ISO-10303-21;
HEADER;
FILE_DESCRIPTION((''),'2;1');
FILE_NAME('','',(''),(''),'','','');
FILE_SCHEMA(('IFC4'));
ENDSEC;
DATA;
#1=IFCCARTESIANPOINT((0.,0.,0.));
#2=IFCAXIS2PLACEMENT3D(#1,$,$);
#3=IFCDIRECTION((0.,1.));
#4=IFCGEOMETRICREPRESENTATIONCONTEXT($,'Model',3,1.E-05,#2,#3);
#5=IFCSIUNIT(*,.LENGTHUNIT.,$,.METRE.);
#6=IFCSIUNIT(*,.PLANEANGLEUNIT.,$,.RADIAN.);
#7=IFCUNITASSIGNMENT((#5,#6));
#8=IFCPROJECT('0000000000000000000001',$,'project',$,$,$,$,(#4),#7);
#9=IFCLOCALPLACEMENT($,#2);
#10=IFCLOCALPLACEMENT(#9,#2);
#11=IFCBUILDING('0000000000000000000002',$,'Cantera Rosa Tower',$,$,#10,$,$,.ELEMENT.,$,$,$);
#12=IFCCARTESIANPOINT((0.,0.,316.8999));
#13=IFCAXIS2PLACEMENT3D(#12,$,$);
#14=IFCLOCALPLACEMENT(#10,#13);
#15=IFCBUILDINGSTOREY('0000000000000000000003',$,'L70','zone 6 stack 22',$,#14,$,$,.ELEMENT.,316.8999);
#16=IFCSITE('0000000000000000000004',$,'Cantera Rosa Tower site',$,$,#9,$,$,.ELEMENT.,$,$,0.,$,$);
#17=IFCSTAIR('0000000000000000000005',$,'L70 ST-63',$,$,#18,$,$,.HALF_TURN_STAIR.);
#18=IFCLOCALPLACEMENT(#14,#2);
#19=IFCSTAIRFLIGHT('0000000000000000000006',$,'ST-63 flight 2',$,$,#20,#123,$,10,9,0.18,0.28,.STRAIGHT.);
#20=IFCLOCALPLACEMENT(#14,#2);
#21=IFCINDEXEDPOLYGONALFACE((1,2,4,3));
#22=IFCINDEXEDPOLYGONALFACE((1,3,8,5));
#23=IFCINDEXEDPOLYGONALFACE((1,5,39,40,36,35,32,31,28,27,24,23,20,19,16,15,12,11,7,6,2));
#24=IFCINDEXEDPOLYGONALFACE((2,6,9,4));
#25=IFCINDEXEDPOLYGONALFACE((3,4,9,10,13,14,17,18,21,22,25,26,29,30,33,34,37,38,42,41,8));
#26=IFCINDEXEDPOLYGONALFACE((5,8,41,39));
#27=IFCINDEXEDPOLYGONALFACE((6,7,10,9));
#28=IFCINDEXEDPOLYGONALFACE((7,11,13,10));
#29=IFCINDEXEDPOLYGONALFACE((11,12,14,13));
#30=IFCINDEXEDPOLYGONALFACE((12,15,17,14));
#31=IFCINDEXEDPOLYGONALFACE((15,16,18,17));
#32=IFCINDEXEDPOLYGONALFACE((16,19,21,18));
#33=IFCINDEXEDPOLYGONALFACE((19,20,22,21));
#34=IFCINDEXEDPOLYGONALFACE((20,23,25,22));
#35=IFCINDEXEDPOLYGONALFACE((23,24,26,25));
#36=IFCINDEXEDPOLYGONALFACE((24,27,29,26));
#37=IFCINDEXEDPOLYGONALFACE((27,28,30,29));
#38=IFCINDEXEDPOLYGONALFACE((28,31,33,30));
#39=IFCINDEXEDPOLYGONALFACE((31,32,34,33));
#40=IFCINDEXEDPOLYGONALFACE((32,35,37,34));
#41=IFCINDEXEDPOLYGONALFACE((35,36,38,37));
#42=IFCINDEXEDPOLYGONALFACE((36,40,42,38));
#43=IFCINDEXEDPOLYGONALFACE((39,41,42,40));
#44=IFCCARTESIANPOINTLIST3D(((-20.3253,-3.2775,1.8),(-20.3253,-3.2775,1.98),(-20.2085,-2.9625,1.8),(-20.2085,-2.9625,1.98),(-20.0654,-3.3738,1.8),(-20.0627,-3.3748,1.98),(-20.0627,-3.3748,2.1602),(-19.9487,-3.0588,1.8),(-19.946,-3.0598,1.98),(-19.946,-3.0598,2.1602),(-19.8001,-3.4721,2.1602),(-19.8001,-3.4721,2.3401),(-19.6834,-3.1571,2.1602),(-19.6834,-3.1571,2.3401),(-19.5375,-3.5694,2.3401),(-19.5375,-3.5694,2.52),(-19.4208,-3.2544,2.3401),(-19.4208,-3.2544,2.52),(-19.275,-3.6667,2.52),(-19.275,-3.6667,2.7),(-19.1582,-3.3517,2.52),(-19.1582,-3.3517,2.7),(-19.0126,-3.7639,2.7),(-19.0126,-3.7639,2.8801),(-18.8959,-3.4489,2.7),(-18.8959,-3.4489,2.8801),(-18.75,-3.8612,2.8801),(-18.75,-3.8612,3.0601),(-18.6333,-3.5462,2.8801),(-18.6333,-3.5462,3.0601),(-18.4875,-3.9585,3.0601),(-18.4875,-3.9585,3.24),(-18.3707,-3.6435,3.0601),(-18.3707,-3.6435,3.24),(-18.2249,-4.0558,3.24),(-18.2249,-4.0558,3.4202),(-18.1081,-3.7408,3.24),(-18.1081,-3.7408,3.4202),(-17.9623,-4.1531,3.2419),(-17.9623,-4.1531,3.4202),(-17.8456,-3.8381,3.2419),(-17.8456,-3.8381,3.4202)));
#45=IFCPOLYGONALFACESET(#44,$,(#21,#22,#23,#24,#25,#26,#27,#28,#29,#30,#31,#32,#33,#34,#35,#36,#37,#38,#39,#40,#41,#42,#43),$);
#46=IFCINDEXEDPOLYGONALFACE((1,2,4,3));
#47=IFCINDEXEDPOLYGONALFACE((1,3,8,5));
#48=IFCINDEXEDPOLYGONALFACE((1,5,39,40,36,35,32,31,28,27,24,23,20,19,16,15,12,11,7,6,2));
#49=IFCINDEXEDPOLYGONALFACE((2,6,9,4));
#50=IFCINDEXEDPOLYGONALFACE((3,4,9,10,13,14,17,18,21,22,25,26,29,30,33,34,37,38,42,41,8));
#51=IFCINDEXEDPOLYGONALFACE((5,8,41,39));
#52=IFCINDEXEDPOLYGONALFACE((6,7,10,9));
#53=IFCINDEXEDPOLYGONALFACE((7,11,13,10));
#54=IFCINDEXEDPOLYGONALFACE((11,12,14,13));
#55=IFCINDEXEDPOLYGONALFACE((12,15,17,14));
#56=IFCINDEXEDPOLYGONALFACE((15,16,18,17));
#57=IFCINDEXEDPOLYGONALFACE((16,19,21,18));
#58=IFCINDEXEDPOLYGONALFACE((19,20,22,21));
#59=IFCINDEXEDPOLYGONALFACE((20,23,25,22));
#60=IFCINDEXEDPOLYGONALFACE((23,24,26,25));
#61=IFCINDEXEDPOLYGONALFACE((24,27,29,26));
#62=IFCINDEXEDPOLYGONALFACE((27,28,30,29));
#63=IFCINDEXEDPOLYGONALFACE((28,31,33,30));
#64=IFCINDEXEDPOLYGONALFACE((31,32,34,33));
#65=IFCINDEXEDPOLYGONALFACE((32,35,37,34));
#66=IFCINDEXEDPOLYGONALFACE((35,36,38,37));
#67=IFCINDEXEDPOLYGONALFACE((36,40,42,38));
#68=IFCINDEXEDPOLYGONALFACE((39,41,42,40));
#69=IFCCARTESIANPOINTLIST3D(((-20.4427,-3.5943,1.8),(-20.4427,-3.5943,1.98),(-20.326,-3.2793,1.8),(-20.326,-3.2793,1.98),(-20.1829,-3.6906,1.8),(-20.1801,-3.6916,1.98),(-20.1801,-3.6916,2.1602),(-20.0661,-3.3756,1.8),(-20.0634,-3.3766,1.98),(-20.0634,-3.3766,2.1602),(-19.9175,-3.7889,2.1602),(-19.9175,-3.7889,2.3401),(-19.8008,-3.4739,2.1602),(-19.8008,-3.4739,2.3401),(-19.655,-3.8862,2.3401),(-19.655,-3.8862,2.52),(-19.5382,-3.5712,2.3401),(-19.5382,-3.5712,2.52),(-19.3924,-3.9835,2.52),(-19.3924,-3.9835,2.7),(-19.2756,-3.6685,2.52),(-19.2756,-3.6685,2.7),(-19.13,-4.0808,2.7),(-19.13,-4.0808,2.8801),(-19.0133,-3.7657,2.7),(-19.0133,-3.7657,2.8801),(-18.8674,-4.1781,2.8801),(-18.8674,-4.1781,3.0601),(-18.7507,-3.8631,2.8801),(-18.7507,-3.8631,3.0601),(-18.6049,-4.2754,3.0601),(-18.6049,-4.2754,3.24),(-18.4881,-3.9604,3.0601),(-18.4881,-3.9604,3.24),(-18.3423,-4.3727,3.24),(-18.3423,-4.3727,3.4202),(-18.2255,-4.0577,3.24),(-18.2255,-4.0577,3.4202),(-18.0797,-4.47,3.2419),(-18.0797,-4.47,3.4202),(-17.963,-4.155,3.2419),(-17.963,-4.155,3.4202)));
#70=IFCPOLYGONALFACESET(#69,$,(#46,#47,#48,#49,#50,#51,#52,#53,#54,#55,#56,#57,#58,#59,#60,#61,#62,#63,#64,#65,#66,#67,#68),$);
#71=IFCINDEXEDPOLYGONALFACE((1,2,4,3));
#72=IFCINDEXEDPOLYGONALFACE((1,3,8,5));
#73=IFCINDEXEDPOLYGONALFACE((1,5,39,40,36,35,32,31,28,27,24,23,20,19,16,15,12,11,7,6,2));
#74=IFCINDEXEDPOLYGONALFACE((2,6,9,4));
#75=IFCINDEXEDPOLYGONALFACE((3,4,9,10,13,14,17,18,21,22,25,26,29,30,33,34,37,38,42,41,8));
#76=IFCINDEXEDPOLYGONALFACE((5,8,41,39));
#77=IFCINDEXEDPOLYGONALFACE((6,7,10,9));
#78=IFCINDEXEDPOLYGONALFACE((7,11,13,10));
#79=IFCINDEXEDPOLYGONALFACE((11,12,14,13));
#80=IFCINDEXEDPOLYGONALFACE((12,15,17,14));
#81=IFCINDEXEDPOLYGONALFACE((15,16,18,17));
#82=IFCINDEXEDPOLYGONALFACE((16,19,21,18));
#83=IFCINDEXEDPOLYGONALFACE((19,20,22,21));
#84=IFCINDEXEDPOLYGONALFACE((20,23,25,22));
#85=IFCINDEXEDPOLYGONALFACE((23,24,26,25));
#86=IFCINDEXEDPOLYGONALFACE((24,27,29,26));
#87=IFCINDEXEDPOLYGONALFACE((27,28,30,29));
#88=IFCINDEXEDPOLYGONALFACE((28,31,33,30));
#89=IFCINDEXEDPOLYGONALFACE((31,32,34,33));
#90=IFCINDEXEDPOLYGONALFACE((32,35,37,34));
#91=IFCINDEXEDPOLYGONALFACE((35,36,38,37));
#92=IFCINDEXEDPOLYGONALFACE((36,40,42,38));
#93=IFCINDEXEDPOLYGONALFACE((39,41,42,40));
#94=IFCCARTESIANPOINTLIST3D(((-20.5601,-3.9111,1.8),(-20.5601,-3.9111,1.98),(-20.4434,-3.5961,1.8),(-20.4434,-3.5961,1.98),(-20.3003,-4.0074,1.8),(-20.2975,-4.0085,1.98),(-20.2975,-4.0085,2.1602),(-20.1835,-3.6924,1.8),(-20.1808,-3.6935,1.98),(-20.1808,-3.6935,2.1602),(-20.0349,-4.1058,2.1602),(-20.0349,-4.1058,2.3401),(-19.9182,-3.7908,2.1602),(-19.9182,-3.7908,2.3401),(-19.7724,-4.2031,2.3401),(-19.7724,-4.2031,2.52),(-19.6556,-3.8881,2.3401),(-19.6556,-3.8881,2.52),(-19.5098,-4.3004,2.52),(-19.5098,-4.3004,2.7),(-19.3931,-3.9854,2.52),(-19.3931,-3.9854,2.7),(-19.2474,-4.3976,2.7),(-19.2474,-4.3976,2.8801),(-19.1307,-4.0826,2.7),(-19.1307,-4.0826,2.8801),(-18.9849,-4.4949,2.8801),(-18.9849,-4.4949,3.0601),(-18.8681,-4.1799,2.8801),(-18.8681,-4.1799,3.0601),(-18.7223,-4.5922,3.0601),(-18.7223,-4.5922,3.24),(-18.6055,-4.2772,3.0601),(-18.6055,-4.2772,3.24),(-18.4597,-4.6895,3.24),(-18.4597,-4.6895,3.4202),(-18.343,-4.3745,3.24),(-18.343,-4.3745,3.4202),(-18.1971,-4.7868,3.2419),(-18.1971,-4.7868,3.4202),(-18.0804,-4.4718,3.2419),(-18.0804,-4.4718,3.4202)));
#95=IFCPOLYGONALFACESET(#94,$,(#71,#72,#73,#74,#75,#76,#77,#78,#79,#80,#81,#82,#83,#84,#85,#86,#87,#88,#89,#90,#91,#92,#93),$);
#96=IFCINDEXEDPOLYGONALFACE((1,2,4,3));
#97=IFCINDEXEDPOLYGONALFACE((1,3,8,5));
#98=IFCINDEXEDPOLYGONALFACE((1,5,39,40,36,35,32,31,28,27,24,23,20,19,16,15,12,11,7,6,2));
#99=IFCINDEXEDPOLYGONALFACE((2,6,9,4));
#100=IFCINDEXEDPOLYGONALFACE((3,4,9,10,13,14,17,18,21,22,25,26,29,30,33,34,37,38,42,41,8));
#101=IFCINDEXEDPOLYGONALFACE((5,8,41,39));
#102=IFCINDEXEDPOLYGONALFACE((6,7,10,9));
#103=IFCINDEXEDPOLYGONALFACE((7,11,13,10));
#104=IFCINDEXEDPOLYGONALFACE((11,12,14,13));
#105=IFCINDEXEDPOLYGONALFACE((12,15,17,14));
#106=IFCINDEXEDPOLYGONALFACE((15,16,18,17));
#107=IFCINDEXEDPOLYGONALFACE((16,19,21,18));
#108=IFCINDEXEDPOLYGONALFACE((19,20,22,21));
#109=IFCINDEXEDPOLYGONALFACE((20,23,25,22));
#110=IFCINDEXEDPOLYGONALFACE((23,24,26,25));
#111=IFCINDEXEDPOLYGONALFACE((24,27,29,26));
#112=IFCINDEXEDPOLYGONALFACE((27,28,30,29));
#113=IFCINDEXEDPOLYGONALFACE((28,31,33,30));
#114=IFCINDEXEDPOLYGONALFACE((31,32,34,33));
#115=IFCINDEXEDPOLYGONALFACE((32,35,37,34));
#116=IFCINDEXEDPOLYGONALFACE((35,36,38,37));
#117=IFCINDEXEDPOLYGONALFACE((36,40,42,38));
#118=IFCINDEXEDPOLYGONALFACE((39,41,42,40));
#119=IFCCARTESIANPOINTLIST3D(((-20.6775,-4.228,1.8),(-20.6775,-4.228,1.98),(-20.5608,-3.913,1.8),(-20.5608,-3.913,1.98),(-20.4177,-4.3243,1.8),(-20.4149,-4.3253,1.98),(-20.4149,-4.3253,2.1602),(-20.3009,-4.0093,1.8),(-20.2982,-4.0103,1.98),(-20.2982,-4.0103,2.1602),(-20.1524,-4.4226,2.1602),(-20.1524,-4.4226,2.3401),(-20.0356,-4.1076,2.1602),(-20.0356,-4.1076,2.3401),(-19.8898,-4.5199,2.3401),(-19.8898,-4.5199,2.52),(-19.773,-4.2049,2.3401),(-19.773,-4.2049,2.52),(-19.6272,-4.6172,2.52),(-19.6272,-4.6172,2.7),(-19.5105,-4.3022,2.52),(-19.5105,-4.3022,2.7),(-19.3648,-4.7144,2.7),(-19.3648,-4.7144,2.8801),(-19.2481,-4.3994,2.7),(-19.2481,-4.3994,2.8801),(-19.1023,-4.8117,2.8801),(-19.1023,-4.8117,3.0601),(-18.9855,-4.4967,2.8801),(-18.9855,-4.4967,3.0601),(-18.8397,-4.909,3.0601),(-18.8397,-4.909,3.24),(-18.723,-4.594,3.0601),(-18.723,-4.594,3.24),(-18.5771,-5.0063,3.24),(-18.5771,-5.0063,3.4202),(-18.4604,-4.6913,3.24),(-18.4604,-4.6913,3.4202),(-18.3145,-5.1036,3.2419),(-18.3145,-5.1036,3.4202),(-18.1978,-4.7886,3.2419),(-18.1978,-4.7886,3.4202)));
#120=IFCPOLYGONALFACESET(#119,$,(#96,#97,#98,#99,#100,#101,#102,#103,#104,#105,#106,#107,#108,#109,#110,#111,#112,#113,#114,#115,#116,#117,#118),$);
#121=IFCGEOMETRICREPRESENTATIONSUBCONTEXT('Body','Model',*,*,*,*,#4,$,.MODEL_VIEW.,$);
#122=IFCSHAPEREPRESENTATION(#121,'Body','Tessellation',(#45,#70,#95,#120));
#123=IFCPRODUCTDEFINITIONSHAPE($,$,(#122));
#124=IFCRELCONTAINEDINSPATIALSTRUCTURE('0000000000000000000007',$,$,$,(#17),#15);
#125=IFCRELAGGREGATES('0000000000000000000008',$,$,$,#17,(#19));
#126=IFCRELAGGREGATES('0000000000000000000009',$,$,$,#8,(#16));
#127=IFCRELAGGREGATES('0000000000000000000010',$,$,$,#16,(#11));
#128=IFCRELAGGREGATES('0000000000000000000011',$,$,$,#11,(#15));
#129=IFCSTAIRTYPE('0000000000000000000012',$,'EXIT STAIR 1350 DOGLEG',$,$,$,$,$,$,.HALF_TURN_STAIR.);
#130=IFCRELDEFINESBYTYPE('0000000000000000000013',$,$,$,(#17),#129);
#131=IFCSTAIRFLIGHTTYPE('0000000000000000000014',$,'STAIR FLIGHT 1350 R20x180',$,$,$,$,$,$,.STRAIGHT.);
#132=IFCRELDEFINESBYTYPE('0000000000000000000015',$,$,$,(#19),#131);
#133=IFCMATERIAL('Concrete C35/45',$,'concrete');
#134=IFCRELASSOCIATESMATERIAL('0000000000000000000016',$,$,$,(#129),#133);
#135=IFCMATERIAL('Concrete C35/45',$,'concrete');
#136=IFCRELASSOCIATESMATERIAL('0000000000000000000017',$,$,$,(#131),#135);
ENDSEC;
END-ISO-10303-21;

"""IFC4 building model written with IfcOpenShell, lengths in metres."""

from ifc_helpers import new_model, si_unit, direction, frame, origin, place, context, subcontext, project, spatial, polyline, outline, extrude, material, type_object, element, aggregate, save


model = new_model("IFC4")

# Units and contexts
model_context = context("Model", 3, precision=1e-05, world=origin(), true_north=direction((0.0, 1.0)))
body_context = subcontext(model_context, "Body", "Model", "MODEL_VIEW")
ifc_project = project(units=[si_unit("LENGTHUNIT", "METRE"), si_unit("PLANEANGLEUNIT", "RADIAN")], contexts=[model_context])

# Site, building, storey
site_placement = place(None, origin())
site = spatial("IfcSite", under=ifc_project, at=site_placement, Name="Cantera Rosa Tower site", CompositionType="ELEMENT", RefElevation=0.0)
building_placement = place(site_placement, origin())
building = spatial("IfcBuilding", under=site, at=building_placement, Name="Cantera Rosa Tower", CompositionType="ELEMENT")
storey_placement = place(building_placement, frame((0.0, 0.0, 316.8999)))
storey = spatial("IfcBuildingStorey", under=building, at=storey_placement, Name="L70", Description="zone 6 stack 22", CompositionType="ELEMENT", Elevation=316.8999)

# Stair, stair flight
ifc_material_1 = material(Name="Concrete C35/45", Category="concrete")
stair_type = type_object("IfcStairType", Name="EXIT STAIR 1350 DOGLEG", PredefinedType="HALF_TURN_STAIR", material=ifc_material_1)
stair_placement = place(storey_placement, origin())
stair = element("IfcStair", 1, at=stair_placement, inside=storey, type_object=stair_type, Name="L70 ST-63", PredefinedType="HALF_TURN_STAIR")
ifc_material_2 = material(Name="Concrete C35/45", Category="concrete")
stair_flight_type = type_object("IfcStairFlightType", Name="STAIR FLIGHT 1350 R20x180", PredefinedType="STRAIGHT", material=ifc_material_2)
stair_flight_1_placement = place(storey_placement, frame((-20.4431, -3.5955, 1.8), z_axis=(0.0, 0.0, 1.0), x_axis=(0.937687, -0.347481, 0.0)))
stair_flight_1 = element("IfcStairFlight", 2, at=stair_flight_1_placement, type_object=stair_flight_type, Name="ST-63 flight 2", NumberOfRisers=10, NumberOfTreads=9, PredefinedType="STRAIGHT", RiserHeight=0.18, TreadLength=0.28, context=body_context, shape_type="SweptSolid", body=[
    extrude(outline(polyline([(0.0, 0.0), (0.0, 0.1799), (0.28, 0.1799), (0.28, 0.3601), (0.5601, 0.3601), (0.5601, 0.54), (0.8401, 0.54), (0.8401, 0.72), (1.1201, 0.72), (1.1201, 0.8999), (1.3999, 0.8999), (1.3999, 1.0801), (1.6799, 1.0801), (1.6799, 1.26), (1.96, 1.26), (1.96, 1.4399), (2.24, 1.4399), (2.24, 1.6201), (2.52, 1.6201), (2.52, 1.8), (2.52, 1.4419), (0.2771, 0.0), (0.0, 0.0)])), frame((0.0, 0.675, 0.0), z_axis=(0.0, -1.0, 0.0), x_axis=(1.0, 0.0, 0.0)), (0.0, 0.0, 1.0), 0.3359),
    extrude(outline(polyline([(0.0, 0.0), (0.0, 0.1799), (0.28, 0.1799), (0.28, 0.3601), (0.5601, 0.3601), (0.5601, 0.54), (0.8401, 0.54), (0.8401, 0.72), (1.1201, 0.72), (1.1201, 0.8999), (1.3999, 0.8999), (1.3999, 1.0801), (1.6799, 1.0801), (1.6799, 1.26), (1.96, 1.26), (1.96, 1.4399), (2.24, 1.4399), (2.24, 1.6201), (2.52, 1.6201), (2.52, 1.8), (2.52, 1.4419), (0.2771, 0.0), (0.0, 0.0)])), frame((0.0, 0.3372, 0.0), z_axis=(0.0, -1.0, 0.0), x_axis=(1.0, 0.0, 0.0)), (0.0, 0.0, 1.0), 0.3359),
    extrude(outline(polyline([(0.0, 0.0), (0.0, 0.1799), (0.28, 0.1799), (0.28, 0.3601), (0.5601, 0.3601), (0.5601, 0.54), (0.8401, 0.54), (0.8401, 0.72), (1.1201, 0.72), (1.1201, 0.8999), (1.3999, 0.8999), (1.3999, 1.0801), (1.6799, 1.0801), (1.6799, 1.26), (1.96, 1.26), (1.96, 1.4399), (2.24, 1.4399), (2.24, 1.6201), (2.52, 1.6201), (2.52, 1.8), (2.52, 1.4419), (0.2771, 0.0), (0.0, 0.0)])), frame((0.0, -0.0007, 0.0), z_axis=(0.0, -1.0, 0.0), x_axis=(1.0, 0.0, 0.0)), (0.0, 0.0, 1.0), 0.3359),
    extrude(outline(polyline([(0.0, 0.0), (0.0, 0.1799), (0.28, 0.1799), (0.28, 0.3601), (0.5601, 0.3601), (0.5601, 0.54), (0.8401, 0.54), (0.8401, 0.72), (1.1201, 0.72), (1.1201, 0.8999), (1.3999, 0.8999), (1.3999, 1.0801), (1.6799, 1.0801), (1.6799, 1.26), (1.96, 1.26), (1.96, 1.4399), (2.24, 1.4399), (2.24, 1.6201), (2.52, 1.6201), (2.52, 1.8), (2.52, 1.4419), (0.2771, 0.0), (0.0, 0.0)])), frame((0.0, -0.3386, 0.0), z_axis=(0.0, -1.0, 0.0), x_axis=(1.0, 0.0, 0.0)), (0.0, 0.0, 1.0), 0.3359),
])
aggregate(stair, [stair_flight_1])

save(model, "model.ifc")
